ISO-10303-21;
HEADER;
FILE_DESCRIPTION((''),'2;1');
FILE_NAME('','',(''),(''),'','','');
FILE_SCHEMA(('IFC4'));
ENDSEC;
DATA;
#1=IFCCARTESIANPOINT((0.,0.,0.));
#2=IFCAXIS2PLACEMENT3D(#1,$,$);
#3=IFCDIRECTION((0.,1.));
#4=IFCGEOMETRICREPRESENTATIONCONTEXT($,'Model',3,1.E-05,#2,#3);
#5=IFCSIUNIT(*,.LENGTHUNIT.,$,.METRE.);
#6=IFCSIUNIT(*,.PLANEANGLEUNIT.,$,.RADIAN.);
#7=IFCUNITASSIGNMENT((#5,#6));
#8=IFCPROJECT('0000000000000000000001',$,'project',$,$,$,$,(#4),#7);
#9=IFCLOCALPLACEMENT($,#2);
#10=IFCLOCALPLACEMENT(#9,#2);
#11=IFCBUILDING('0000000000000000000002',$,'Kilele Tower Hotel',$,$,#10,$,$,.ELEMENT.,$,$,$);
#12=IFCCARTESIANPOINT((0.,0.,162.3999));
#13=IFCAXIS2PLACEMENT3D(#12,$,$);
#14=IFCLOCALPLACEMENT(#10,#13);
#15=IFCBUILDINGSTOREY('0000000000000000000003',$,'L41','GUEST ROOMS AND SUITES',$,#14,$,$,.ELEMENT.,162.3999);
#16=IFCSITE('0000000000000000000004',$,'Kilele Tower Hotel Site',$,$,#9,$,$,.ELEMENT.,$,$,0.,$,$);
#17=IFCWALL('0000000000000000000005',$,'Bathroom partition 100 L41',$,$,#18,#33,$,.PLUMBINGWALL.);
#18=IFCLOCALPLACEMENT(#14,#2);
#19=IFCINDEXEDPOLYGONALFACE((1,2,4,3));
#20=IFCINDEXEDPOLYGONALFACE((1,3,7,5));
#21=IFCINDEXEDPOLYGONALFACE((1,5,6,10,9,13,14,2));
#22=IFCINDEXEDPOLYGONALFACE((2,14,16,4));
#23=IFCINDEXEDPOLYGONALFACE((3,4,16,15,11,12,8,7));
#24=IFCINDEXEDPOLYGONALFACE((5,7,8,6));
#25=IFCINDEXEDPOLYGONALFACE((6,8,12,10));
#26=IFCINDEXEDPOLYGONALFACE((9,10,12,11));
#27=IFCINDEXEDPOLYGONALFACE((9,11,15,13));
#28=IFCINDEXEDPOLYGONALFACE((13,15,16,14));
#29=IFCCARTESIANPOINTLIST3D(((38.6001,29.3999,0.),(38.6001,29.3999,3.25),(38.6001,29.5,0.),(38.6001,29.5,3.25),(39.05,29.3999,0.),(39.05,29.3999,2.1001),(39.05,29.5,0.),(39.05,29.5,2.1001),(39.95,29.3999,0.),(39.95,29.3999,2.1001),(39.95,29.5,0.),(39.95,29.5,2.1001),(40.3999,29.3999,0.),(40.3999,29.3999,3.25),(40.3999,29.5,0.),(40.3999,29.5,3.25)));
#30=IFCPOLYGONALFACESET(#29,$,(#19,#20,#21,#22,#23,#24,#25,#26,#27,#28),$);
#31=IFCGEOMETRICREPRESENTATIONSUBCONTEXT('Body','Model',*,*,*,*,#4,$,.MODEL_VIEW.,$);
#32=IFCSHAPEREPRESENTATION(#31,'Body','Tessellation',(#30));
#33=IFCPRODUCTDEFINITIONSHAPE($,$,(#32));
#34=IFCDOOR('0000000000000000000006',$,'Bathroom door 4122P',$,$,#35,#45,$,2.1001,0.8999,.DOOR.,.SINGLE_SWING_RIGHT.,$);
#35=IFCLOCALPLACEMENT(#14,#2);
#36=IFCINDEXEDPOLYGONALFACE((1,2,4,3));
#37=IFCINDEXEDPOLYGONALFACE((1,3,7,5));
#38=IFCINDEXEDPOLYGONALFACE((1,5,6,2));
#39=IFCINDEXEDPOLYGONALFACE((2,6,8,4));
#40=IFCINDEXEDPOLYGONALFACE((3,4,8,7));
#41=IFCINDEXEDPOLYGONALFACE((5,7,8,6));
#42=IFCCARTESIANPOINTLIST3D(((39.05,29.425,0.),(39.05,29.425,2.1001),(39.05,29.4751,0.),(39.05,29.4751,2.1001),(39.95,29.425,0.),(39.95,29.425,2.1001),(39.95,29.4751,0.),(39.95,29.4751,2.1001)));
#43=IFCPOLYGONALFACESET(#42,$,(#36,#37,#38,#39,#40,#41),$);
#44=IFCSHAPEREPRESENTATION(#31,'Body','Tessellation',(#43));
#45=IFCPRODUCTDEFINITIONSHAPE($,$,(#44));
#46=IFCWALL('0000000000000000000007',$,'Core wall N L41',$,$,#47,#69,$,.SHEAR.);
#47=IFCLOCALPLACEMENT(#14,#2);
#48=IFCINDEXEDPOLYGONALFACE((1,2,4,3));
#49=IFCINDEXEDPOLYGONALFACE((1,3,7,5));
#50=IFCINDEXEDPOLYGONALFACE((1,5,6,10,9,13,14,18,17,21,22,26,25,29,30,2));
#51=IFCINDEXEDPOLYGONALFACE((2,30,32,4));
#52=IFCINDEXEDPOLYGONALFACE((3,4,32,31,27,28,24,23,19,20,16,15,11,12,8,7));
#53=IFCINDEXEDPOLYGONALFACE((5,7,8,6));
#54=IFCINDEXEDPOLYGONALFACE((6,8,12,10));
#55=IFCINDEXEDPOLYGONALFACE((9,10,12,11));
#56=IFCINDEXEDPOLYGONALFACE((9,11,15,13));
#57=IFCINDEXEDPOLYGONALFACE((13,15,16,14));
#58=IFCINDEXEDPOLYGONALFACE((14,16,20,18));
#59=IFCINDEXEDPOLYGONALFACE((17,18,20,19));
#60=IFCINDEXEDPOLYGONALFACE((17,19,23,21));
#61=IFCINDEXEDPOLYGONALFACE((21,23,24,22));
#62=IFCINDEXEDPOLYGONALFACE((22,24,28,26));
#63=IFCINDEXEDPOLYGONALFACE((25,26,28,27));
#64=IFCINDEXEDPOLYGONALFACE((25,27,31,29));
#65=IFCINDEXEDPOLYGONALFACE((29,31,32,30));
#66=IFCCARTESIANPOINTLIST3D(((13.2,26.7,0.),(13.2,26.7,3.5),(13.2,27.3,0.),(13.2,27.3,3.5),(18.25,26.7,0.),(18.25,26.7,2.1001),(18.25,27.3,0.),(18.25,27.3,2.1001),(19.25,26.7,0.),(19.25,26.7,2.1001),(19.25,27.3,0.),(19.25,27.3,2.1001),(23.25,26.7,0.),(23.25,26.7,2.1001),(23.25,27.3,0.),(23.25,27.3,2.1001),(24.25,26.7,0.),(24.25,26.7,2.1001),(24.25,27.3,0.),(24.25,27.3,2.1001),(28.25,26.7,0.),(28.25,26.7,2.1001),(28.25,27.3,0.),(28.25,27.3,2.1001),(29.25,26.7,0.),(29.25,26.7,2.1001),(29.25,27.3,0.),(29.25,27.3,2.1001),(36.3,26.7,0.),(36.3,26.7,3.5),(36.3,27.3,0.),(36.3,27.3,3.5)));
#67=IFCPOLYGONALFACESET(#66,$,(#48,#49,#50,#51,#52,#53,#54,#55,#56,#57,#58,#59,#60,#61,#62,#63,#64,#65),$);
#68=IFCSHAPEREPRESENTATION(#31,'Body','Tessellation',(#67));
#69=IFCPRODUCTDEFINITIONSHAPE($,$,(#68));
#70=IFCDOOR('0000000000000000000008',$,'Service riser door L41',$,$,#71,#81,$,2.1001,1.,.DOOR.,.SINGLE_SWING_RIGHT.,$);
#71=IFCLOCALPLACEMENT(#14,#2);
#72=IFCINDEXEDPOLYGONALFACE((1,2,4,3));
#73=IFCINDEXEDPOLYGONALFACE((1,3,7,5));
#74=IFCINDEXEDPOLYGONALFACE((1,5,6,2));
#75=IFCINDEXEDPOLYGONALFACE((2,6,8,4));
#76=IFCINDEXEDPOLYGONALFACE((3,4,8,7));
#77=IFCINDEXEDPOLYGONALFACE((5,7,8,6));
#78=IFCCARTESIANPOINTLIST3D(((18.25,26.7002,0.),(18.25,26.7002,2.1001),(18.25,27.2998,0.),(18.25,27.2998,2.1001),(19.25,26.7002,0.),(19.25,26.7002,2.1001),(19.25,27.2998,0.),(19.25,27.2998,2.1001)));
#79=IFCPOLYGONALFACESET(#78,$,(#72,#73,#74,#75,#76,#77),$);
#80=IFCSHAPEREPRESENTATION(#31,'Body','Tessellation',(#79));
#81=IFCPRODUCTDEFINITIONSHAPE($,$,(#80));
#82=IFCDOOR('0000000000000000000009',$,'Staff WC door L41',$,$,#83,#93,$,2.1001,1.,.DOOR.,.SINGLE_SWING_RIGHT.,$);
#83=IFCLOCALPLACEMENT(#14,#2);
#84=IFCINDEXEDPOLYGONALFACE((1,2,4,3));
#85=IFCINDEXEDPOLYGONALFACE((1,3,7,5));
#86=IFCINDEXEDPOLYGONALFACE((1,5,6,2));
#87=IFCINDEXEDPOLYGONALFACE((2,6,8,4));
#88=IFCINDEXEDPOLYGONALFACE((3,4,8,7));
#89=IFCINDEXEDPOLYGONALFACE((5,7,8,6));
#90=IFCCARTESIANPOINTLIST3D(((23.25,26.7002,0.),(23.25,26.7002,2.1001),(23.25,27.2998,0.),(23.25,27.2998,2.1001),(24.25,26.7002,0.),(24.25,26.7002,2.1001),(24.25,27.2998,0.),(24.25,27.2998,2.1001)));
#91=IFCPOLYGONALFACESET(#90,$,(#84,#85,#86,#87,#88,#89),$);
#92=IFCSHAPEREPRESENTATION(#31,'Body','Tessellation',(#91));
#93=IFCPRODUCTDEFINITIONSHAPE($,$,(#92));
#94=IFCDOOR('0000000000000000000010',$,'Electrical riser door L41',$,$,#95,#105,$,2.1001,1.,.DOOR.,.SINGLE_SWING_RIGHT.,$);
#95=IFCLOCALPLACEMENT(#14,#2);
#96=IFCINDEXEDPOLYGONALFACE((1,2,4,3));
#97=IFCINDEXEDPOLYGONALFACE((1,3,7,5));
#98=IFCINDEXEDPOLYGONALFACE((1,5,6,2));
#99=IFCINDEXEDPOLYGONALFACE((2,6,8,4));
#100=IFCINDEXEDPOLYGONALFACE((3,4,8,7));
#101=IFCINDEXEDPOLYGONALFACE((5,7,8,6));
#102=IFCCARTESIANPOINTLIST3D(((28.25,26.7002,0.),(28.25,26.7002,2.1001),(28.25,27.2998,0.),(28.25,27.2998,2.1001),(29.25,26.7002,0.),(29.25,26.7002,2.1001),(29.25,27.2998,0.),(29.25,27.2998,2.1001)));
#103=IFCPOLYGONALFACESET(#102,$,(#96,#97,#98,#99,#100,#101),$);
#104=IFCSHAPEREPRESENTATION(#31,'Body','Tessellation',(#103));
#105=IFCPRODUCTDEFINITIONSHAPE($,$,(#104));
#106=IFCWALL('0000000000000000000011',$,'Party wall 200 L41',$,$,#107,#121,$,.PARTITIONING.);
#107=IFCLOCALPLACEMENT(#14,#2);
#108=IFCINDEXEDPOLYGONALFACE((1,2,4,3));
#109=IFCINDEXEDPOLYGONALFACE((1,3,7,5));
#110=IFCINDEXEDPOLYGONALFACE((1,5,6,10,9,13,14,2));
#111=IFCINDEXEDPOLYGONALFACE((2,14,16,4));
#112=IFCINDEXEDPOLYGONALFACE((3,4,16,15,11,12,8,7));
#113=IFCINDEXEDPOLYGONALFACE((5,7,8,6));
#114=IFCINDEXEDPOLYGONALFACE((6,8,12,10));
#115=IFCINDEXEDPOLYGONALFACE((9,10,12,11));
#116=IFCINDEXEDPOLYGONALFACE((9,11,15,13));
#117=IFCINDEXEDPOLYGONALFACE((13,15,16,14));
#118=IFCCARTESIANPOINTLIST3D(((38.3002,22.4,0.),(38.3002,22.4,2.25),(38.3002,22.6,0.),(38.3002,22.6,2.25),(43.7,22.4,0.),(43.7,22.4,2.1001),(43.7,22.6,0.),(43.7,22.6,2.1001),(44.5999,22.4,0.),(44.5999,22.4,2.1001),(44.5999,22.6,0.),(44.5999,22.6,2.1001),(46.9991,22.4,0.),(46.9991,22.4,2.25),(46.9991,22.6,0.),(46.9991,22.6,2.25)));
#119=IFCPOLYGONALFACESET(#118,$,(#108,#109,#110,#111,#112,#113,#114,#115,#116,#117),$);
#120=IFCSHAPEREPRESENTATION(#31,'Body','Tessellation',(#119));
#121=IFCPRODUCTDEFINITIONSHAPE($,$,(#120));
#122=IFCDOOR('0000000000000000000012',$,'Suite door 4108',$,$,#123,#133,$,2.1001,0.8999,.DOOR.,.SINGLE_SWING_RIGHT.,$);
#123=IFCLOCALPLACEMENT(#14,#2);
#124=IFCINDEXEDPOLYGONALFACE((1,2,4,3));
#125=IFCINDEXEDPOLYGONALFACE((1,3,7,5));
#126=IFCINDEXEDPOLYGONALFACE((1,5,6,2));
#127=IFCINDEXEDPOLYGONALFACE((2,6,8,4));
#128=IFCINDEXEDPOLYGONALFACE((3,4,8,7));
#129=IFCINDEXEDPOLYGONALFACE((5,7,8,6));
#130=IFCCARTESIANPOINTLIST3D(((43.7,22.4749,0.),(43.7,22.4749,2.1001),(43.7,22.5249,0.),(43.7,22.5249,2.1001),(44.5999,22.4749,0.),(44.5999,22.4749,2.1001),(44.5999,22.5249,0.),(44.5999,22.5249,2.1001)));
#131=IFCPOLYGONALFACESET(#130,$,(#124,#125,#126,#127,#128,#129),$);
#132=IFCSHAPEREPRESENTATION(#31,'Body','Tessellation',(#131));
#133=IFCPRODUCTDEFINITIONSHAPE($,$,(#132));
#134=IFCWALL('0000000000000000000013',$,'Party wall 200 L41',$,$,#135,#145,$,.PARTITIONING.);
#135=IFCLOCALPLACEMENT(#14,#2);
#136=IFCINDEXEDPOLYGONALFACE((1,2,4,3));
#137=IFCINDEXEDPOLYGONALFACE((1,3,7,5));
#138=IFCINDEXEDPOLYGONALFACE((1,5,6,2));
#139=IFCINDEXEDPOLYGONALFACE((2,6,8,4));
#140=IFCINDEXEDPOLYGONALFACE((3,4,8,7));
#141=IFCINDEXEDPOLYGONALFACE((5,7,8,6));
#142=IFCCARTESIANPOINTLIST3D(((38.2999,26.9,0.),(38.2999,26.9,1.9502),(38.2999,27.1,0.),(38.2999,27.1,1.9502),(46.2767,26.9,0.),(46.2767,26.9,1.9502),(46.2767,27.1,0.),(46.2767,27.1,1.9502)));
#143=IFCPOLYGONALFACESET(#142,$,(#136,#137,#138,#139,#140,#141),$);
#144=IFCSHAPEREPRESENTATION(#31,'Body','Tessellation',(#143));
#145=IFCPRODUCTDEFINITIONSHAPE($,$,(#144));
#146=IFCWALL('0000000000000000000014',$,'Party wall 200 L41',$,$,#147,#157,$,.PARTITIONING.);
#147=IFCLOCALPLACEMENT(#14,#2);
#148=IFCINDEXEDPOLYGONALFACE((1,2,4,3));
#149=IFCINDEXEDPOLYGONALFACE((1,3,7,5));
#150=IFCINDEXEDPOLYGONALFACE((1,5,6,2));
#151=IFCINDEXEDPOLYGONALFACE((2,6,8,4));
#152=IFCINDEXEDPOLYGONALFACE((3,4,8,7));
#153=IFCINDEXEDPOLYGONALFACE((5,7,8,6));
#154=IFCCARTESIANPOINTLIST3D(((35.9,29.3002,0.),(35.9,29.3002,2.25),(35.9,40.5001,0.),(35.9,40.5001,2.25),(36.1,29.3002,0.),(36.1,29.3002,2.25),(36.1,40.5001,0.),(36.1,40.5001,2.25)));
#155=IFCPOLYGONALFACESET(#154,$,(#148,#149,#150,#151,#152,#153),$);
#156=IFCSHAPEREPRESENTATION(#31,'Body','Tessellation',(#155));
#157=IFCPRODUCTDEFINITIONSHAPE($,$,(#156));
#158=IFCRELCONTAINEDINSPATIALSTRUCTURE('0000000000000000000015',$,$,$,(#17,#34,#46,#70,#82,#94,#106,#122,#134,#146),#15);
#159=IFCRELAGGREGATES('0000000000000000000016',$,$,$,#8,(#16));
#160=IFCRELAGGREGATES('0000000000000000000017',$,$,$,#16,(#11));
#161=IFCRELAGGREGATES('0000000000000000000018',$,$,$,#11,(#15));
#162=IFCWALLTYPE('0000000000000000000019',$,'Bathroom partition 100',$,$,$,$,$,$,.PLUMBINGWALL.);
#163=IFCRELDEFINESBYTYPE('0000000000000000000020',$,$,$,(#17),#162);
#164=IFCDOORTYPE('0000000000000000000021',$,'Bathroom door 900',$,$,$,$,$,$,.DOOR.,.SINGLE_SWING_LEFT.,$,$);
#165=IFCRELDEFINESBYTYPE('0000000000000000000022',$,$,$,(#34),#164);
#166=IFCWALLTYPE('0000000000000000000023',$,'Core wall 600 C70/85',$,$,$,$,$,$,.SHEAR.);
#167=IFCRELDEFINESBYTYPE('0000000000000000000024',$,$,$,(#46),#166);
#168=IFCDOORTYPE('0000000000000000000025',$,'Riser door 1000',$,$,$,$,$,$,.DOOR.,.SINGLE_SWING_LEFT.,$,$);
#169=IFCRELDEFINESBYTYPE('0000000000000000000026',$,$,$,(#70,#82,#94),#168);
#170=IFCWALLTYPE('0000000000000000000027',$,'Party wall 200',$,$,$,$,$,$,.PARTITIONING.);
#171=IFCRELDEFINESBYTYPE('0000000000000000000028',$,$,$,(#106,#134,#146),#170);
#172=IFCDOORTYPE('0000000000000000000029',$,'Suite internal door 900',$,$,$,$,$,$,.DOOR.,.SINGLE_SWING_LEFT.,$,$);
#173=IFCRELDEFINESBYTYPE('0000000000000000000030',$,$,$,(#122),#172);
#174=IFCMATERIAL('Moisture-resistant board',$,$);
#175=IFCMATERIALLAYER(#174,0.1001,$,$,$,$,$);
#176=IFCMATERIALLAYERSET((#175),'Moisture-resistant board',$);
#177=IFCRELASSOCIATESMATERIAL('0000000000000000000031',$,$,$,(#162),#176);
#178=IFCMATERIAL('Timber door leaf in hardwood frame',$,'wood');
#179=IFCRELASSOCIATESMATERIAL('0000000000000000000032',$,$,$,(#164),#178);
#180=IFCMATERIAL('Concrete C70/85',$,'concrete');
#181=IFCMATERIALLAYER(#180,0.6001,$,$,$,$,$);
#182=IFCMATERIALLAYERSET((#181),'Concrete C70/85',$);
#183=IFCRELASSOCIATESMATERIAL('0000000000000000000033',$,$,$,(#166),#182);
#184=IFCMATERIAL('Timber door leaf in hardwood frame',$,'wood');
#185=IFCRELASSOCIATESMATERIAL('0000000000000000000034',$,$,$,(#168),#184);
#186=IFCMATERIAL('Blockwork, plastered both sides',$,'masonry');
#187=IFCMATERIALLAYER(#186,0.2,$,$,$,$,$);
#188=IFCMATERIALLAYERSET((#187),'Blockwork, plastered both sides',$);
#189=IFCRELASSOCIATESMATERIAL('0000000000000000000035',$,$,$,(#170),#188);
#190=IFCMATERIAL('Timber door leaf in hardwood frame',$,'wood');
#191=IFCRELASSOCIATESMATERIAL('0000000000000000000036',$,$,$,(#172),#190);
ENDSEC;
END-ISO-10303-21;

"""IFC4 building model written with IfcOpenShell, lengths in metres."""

from ifc_helpers import new_model, si_unit, direction, frame, frame_2d, origin, place, context, subcontext, project, spatial, rectangle, extrude, material, layer, layer_set, type_object, element, fill, save


model = new_model("IFC4")

# Units and contexts
model_context = context("Model", 3, precision=1e-05, world=origin(), true_north=direction((0.0, 1.0)))
body_context = subcontext(model_context, "Body", "Model", "MODEL_VIEW")
ifc_project = project(units=[si_unit("LENGTHUNIT", "METRE"), si_unit("PLANEANGLEUNIT", "RADIAN")], contexts=[model_context])

# Site, building, storey
site_placement = place(None, origin())
site = spatial("IfcSite", under=ifc_project, at=site_placement, Name="Kilele Tower Hotel Site", CompositionType="ELEMENT", RefElevation=0.0)
building_placement = place(site_placement, origin())
building = spatial("IfcBuilding", under=site, at=building_placement, Name="Kilele Tower Hotel", CompositionType="ELEMENT")
storey_placement = place(building_placement, frame((0.0, 0.0, 162.3999)))
storey = spatial("IfcBuildingStorey", under=building, at=storey_placement, Name="L41", Description="GUEST ROOMS AND SUITES", CompositionType="ELEMENT", Elevation=162.3999)

# Shared definitions
ifc_material_1 = material(Name="Moisture-resistant board")
ifc_layer_1 = layer(ifc_material_1, 0.1001)
ifc_layer_set_1 = layer_set([ifc_layer_1], Name="Moisture-resistant board")
wall_type_1 = type_object("IfcWallType", Name="Bathroom partition 100", PredefinedType="PLUMBINGWALL", material=ifc_layer_set_1)
ifc_material_2 = material(Name="Timber door leaf in hardwood frame", Category="wood")
door_type_1 = type_object("IfcDoorType", Name="Bathroom door 900", OperationType="SINGLE_SWING_LEFT", PredefinedType="DOOR", material=ifc_material_2)

# Wall, opening, door
wall_1_placement = place(storey_placement, frame((38.6001, 29.45, 0.0), z_axis=(0.0, 0.0, 1.0), x_axis=(1.0, 0.0, 0.0)))
wall_1 = element("IfcWall", 1, at=wall_1_placement, inside=storey, type_object=wall_type_1, Name="Bathroom partition 100 L41", PredefinedType="PLUMBINGWALL", context=body_context, shape_type="SweptSolid", body=[
    extrude(rectangle(XDim=1.7998, YDim=0.1001, at=frame_2d((0.8999, 0.0))), origin(), (0.0, 0.0, 1.0), 3.25),
])
opening_1_placement = place(wall_1_placement, frame((1.3499, 0.0, 0.0), z_axis=(0.0, 0.0, 1.0), x_axis=(-1.0, 0.0, 0.0)))
opening_1 = element("IfcOpeningElement", 2, at=opening_1_placement, cuts=wall_1, PredefinedType="OPENING", context=body_context, shape_type="SweptSolid", body=[
    extrude(rectangle(XDim=0.8999, YDim=2.1001, at=frame_2d((0.45, 1.05))), frame((0.0, 0.0601, 0.0), z_axis=(0.0, -1.0, 0.0), x_axis=(1.0, 0.0, 0.0)), (0.0, 0.0, 1.0), 0.1201),
])
door_1_placement = place(opening_1_placement, origin())
door_1 = element("IfcDoor", 3, at=door_1_placement, inside=storey, type_object=door_type_1, Name="Bathroom door 4122P", OperationType="SINGLE_SWING_RIGHT", OverallHeight=2.1001, OverallWidth=0.8999, PredefinedType="DOOR", context=body_context, shape_type="SweptSolid", body=[
    extrude(rectangle(XDim=0.8999, YDim=2.1001, at=frame_2d((0.45, 1.05))), frame((0.0, 0.0249, 0.0), z_axis=(0.0, -1.0, 0.0), x_axis=(1.0, 0.0, 0.0)), (0.0, 0.0, 1.0), 0.05),
])
fill(opening_1, door_1)

# Wall, openings, doors
ifc_material_3 = material(Name="Concrete C70/85", Category="concrete")
ifc_layer_2 = layer(ifc_material_3, 0.6001)
ifc_layer_set_2 = layer_set([ifc_layer_2], Name="Concrete C70/85")
wall_type_2 = type_object("IfcWallType", Name="Core wall 600 C70/85", PredefinedType="SHEAR", material=ifc_layer_set_2)
wall_2_placement = place(storey_placement, frame((36.3, 27.0, 0.0), z_axis=(0.0, 0.0, 1.0), x_axis=(-1.0, 0.0, 0.0)))
wall_2 = element("IfcWall", 4, at=wall_2_placement, inside=storey, type_object=wall_type_2, Name="Core wall N L41", PredefinedType="SHEAR", context=body_context, shape_type="SweptSolid", body=[
    extrude(rectangle(XDim=23.1001, YDim=0.6001, at=frame_2d((11.55, 0.0))), origin(), (0.0, 0.0, 1.0), 3.5),
])
opening_2_placement = place(wall_2_placement, frame((17.05, 0.0, 0.0)))
opening_2 = element("IfcOpeningElement", 5, at=opening_2_placement, cuts=wall_2, PredefinedType="OPENING", context=body_context, shape_type="SweptSolid", body=[
    extrude(rectangle(XDim=1.0, YDim=2.1001, at=frame_2d((0.5, 1.05))), frame((0.0, 0.3101, 0.0), z_axis=(0.0, -1.0, 0.0), x_axis=(1.0, 0.0, 0.0)), (0.0, 0.0, 1.0), 0.6201),
])
opening_3_placement = place(wall_2_placement, frame((12.05, 0.0, 0.0)))
opening_3 = element("IfcOpeningElement", 6, at=opening_3_placement, cuts=wall_2, PredefinedType="OPENING", context=body_context, shape_type="SweptSolid", body=[
    extrude(rectangle(XDim=1.0, YDim=2.1001, at=frame_2d((0.5, 1.05))), frame((0.0, 0.3101, 0.0), z_axis=(0.0, -1.0, 0.0), x_axis=(1.0, 0.0, 0.0)), (0.0, 0.0, 1.0), 0.6201),
])
opening_4_placement = place(wall_2_placement, frame((7.05, 0.0, 0.0)))
opening_4 = element("IfcOpeningElement", 7, at=opening_4_placement, cuts=wall_2, PredefinedType="OPENING", context=body_context, shape_type="SweptSolid", body=[
    extrude(rectangle(XDim=1.0, YDim=2.1001, at=frame_2d((0.5, 1.05))), frame((0.0, 0.3101, 0.0), z_axis=(0.0, -1.0, 0.0), x_axis=(1.0, 0.0, 0.0)), (0.0, 0.0, 1.0), 0.6201),
])
ifc_material_4 = material(Name="Timber door leaf in hardwood frame", Category="wood")
door_type_2 = type_object("IfcDoorType", Name="Riser door 1000", OperationType="SINGLE_SWING_LEFT", PredefinedType="DOOR", material=ifc_material_4)
door_2_placement = place(opening_2_placement, origin())
door_2 = element("IfcDoor", 8, at=door_2_placement, inside=storey, type_object=door_type_2, Name="Service riser door L41", OperationType="SINGLE_SWING_RIGHT", OverallHeight=2.1001, OverallWidth=1.0, PredefinedType="DOOR", context=body_context, shape_type="SweptSolid", body=[
    extrude(rectangle(XDim=1.0, YDim=2.1001, at=frame_2d((0.5, 1.05))), frame((0.0, 0.2998, 0.0), z_axis=(0.0, -1.0, 0.0), x_axis=(1.0, 0.0, 0.0)), (0.0, 0.0, 1.0), 0.5996),
])
fill(opening_2, door_2)
door_3_placement = place(opening_3_placement, origin())
door_3 = element("IfcDoor", 9, at=door_3_placement, inside=storey, type_object=door_type_2, Name="Staff WC door L41", OperationType="SINGLE_SWING_RIGHT", OverallHeight=2.1001, OverallWidth=1.0, PredefinedType="DOOR", context=body_context, shape_type="SweptSolid", body=[
    extrude(rectangle(XDim=1.0, YDim=2.1001, at=frame_2d((0.5, 1.05))), frame((0.0, 0.2998, 0.0), z_axis=(0.0, -1.0, 0.0), x_axis=(1.0, 0.0, 0.0)), (0.0, 0.0, 1.0), 0.5996),
])
fill(opening_3, door_3)
door_4_placement = place(opening_4_placement, origin())
door_4 = element("IfcDoor", 10, at=door_4_placement, inside=storey, type_object=door_type_2, Name="Electrical riser door L41", OperationType="SINGLE_SWING_RIGHT", OverallHeight=2.1001, OverallWidth=1.0, PredefinedType="DOOR", context=body_context, shape_type="SweptSolid", body=[
    extrude(rectangle(XDim=1.0, YDim=2.1001, at=frame_2d((0.5, 1.05))), frame((0.0, 0.2998, 0.0), z_axis=(0.0, -1.0, 0.0), x_axis=(1.0, 0.0, 0.0)), (0.0, 0.0, 1.0), 0.5996),
])
fill(opening_4, door_4)

# Wall, opening, door
ifc_material_5 = material(Name="Blockwork, plastered both sides", Category="masonry")
ifc_layer_3 = layer(ifc_material_5, 0.2)
ifc_layer_set_3 = layer_set([ifc_layer_3], Name="Blockwork, plastered both sides")
wall_type_3 = type_object("IfcWallType", Name="Party wall 200", PredefinedType="PARTITIONING", material=ifc_layer_set_3)
wall_3_placement = place(storey_placement, frame((38.3, 22.5, 0.0), z_axis=(0.0, 0.0, 1.0), x_axis=(1.0, 0.0, 0.0)))
wall_3 = element("IfcWall", 11, at=wall_3_placement, inside=storey, type_object=wall_type_3, Name="Party wall 200 L41", PredefinedType="PARTITIONING", context=body_context, shape_type="SweptSolid", body=[
    extrude(rectangle(XDim=8.699, YDim=0.2, at=frame_2d((4.3496, 0.0))), origin(), (0.0, 0.0, 1.0), 2.25),
])
opening_5_placement = place(wall_3_placement, frame((5.3999, 0.0, 0.0)))
opening_5 = element("IfcOpeningElement", 12, at=opening_5_placement, cuts=wall_3, PredefinedType="OPENING", context=body_context, shape_type="SweptSolid", body=[
    extrude(rectangle(XDim=0.8999, YDim=2.1001, at=frame_2d((0.45, 1.05))), frame((0.0, 0.1099, 0.0), z_axis=(0.0, -1.0, 0.0), x_axis=(1.0, 0.0, 0.0)), (0.0, 0.0, 1.0), 0.22),
])
ifc_material_6 = material(Name="Timber door leaf in hardwood frame", Category="wood")
door_type_3 = type_object("IfcDoorType", Name="Suite internal door 900", OperationType="SINGLE_SWING_LEFT", PredefinedType="DOOR", material=ifc_material_6)
door_5_placement = place(opening_5_placement, origin())
door_5 = element("IfcDoor", 13, at=door_5_placement, inside=storey, type_object=door_type_3, Name="Suite door 4108", OperationType="SINGLE_SWING_RIGHT", OverallHeight=2.1001, OverallWidth=0.8999, PredefinedType="DOOR", context=body_context, shape_type="SweptSolid", body=[
    extrude(rectangle(XDim=0.8999, YDim=2.1001, at=frame_2d((0.45, 1.05))), frame((0.0, 0.0249, 0.0), z_axis=(0.0, -1.0, 0.0), x_axis=(1.0, 0.0, 0.0)), (0.0, 0.0, 1.0), 0.05),
])
fill(opening_5, door_5)

# Walls
wall_4_placement = place(storey_placement, frame((38.3, 27.0, 0.0), z_axis=(0.0, 0.0, 1.0), x_axis=(1.0, 0.0, 0.0)))
element("IfcWall", 14, at=wall_4_placement, inside=storey, type_object=wall_type_3, Name="Party wall 200 L41", PredefinedType="PARTITIONING", context=body_context, shape_type="SweptSolid", body=[
    extrude(rectangle(XDim=7.9768, YDim=0.2, at=frame_2d((3.9883, 0.0))), origin(), (0.0, 0.0, 1.0), 1.9502),
])
wall_5_placement = place(storey_placement, frame((36.0, 29.3, 0.0), z_axis=(0.0, 0.0, 1.0), x_axis=(0.0, 1.0, 0.0)))
element("IfcWall", 15, at=wall_5_placement, inside=storey, type_object=wall_type_3, Name="Party wall 200 L41", PredefinedType="PARTITIONING", context=body_context, shape_type="SweptSolid", body=[
    extrude(rectangle(XDim=11.2, YDim=0.2, at=frame_2d((5.6001, 0.0))), origin(), (0.0, 0.0, 1.0), 2.25),
])

save(model, "model.ifc")
